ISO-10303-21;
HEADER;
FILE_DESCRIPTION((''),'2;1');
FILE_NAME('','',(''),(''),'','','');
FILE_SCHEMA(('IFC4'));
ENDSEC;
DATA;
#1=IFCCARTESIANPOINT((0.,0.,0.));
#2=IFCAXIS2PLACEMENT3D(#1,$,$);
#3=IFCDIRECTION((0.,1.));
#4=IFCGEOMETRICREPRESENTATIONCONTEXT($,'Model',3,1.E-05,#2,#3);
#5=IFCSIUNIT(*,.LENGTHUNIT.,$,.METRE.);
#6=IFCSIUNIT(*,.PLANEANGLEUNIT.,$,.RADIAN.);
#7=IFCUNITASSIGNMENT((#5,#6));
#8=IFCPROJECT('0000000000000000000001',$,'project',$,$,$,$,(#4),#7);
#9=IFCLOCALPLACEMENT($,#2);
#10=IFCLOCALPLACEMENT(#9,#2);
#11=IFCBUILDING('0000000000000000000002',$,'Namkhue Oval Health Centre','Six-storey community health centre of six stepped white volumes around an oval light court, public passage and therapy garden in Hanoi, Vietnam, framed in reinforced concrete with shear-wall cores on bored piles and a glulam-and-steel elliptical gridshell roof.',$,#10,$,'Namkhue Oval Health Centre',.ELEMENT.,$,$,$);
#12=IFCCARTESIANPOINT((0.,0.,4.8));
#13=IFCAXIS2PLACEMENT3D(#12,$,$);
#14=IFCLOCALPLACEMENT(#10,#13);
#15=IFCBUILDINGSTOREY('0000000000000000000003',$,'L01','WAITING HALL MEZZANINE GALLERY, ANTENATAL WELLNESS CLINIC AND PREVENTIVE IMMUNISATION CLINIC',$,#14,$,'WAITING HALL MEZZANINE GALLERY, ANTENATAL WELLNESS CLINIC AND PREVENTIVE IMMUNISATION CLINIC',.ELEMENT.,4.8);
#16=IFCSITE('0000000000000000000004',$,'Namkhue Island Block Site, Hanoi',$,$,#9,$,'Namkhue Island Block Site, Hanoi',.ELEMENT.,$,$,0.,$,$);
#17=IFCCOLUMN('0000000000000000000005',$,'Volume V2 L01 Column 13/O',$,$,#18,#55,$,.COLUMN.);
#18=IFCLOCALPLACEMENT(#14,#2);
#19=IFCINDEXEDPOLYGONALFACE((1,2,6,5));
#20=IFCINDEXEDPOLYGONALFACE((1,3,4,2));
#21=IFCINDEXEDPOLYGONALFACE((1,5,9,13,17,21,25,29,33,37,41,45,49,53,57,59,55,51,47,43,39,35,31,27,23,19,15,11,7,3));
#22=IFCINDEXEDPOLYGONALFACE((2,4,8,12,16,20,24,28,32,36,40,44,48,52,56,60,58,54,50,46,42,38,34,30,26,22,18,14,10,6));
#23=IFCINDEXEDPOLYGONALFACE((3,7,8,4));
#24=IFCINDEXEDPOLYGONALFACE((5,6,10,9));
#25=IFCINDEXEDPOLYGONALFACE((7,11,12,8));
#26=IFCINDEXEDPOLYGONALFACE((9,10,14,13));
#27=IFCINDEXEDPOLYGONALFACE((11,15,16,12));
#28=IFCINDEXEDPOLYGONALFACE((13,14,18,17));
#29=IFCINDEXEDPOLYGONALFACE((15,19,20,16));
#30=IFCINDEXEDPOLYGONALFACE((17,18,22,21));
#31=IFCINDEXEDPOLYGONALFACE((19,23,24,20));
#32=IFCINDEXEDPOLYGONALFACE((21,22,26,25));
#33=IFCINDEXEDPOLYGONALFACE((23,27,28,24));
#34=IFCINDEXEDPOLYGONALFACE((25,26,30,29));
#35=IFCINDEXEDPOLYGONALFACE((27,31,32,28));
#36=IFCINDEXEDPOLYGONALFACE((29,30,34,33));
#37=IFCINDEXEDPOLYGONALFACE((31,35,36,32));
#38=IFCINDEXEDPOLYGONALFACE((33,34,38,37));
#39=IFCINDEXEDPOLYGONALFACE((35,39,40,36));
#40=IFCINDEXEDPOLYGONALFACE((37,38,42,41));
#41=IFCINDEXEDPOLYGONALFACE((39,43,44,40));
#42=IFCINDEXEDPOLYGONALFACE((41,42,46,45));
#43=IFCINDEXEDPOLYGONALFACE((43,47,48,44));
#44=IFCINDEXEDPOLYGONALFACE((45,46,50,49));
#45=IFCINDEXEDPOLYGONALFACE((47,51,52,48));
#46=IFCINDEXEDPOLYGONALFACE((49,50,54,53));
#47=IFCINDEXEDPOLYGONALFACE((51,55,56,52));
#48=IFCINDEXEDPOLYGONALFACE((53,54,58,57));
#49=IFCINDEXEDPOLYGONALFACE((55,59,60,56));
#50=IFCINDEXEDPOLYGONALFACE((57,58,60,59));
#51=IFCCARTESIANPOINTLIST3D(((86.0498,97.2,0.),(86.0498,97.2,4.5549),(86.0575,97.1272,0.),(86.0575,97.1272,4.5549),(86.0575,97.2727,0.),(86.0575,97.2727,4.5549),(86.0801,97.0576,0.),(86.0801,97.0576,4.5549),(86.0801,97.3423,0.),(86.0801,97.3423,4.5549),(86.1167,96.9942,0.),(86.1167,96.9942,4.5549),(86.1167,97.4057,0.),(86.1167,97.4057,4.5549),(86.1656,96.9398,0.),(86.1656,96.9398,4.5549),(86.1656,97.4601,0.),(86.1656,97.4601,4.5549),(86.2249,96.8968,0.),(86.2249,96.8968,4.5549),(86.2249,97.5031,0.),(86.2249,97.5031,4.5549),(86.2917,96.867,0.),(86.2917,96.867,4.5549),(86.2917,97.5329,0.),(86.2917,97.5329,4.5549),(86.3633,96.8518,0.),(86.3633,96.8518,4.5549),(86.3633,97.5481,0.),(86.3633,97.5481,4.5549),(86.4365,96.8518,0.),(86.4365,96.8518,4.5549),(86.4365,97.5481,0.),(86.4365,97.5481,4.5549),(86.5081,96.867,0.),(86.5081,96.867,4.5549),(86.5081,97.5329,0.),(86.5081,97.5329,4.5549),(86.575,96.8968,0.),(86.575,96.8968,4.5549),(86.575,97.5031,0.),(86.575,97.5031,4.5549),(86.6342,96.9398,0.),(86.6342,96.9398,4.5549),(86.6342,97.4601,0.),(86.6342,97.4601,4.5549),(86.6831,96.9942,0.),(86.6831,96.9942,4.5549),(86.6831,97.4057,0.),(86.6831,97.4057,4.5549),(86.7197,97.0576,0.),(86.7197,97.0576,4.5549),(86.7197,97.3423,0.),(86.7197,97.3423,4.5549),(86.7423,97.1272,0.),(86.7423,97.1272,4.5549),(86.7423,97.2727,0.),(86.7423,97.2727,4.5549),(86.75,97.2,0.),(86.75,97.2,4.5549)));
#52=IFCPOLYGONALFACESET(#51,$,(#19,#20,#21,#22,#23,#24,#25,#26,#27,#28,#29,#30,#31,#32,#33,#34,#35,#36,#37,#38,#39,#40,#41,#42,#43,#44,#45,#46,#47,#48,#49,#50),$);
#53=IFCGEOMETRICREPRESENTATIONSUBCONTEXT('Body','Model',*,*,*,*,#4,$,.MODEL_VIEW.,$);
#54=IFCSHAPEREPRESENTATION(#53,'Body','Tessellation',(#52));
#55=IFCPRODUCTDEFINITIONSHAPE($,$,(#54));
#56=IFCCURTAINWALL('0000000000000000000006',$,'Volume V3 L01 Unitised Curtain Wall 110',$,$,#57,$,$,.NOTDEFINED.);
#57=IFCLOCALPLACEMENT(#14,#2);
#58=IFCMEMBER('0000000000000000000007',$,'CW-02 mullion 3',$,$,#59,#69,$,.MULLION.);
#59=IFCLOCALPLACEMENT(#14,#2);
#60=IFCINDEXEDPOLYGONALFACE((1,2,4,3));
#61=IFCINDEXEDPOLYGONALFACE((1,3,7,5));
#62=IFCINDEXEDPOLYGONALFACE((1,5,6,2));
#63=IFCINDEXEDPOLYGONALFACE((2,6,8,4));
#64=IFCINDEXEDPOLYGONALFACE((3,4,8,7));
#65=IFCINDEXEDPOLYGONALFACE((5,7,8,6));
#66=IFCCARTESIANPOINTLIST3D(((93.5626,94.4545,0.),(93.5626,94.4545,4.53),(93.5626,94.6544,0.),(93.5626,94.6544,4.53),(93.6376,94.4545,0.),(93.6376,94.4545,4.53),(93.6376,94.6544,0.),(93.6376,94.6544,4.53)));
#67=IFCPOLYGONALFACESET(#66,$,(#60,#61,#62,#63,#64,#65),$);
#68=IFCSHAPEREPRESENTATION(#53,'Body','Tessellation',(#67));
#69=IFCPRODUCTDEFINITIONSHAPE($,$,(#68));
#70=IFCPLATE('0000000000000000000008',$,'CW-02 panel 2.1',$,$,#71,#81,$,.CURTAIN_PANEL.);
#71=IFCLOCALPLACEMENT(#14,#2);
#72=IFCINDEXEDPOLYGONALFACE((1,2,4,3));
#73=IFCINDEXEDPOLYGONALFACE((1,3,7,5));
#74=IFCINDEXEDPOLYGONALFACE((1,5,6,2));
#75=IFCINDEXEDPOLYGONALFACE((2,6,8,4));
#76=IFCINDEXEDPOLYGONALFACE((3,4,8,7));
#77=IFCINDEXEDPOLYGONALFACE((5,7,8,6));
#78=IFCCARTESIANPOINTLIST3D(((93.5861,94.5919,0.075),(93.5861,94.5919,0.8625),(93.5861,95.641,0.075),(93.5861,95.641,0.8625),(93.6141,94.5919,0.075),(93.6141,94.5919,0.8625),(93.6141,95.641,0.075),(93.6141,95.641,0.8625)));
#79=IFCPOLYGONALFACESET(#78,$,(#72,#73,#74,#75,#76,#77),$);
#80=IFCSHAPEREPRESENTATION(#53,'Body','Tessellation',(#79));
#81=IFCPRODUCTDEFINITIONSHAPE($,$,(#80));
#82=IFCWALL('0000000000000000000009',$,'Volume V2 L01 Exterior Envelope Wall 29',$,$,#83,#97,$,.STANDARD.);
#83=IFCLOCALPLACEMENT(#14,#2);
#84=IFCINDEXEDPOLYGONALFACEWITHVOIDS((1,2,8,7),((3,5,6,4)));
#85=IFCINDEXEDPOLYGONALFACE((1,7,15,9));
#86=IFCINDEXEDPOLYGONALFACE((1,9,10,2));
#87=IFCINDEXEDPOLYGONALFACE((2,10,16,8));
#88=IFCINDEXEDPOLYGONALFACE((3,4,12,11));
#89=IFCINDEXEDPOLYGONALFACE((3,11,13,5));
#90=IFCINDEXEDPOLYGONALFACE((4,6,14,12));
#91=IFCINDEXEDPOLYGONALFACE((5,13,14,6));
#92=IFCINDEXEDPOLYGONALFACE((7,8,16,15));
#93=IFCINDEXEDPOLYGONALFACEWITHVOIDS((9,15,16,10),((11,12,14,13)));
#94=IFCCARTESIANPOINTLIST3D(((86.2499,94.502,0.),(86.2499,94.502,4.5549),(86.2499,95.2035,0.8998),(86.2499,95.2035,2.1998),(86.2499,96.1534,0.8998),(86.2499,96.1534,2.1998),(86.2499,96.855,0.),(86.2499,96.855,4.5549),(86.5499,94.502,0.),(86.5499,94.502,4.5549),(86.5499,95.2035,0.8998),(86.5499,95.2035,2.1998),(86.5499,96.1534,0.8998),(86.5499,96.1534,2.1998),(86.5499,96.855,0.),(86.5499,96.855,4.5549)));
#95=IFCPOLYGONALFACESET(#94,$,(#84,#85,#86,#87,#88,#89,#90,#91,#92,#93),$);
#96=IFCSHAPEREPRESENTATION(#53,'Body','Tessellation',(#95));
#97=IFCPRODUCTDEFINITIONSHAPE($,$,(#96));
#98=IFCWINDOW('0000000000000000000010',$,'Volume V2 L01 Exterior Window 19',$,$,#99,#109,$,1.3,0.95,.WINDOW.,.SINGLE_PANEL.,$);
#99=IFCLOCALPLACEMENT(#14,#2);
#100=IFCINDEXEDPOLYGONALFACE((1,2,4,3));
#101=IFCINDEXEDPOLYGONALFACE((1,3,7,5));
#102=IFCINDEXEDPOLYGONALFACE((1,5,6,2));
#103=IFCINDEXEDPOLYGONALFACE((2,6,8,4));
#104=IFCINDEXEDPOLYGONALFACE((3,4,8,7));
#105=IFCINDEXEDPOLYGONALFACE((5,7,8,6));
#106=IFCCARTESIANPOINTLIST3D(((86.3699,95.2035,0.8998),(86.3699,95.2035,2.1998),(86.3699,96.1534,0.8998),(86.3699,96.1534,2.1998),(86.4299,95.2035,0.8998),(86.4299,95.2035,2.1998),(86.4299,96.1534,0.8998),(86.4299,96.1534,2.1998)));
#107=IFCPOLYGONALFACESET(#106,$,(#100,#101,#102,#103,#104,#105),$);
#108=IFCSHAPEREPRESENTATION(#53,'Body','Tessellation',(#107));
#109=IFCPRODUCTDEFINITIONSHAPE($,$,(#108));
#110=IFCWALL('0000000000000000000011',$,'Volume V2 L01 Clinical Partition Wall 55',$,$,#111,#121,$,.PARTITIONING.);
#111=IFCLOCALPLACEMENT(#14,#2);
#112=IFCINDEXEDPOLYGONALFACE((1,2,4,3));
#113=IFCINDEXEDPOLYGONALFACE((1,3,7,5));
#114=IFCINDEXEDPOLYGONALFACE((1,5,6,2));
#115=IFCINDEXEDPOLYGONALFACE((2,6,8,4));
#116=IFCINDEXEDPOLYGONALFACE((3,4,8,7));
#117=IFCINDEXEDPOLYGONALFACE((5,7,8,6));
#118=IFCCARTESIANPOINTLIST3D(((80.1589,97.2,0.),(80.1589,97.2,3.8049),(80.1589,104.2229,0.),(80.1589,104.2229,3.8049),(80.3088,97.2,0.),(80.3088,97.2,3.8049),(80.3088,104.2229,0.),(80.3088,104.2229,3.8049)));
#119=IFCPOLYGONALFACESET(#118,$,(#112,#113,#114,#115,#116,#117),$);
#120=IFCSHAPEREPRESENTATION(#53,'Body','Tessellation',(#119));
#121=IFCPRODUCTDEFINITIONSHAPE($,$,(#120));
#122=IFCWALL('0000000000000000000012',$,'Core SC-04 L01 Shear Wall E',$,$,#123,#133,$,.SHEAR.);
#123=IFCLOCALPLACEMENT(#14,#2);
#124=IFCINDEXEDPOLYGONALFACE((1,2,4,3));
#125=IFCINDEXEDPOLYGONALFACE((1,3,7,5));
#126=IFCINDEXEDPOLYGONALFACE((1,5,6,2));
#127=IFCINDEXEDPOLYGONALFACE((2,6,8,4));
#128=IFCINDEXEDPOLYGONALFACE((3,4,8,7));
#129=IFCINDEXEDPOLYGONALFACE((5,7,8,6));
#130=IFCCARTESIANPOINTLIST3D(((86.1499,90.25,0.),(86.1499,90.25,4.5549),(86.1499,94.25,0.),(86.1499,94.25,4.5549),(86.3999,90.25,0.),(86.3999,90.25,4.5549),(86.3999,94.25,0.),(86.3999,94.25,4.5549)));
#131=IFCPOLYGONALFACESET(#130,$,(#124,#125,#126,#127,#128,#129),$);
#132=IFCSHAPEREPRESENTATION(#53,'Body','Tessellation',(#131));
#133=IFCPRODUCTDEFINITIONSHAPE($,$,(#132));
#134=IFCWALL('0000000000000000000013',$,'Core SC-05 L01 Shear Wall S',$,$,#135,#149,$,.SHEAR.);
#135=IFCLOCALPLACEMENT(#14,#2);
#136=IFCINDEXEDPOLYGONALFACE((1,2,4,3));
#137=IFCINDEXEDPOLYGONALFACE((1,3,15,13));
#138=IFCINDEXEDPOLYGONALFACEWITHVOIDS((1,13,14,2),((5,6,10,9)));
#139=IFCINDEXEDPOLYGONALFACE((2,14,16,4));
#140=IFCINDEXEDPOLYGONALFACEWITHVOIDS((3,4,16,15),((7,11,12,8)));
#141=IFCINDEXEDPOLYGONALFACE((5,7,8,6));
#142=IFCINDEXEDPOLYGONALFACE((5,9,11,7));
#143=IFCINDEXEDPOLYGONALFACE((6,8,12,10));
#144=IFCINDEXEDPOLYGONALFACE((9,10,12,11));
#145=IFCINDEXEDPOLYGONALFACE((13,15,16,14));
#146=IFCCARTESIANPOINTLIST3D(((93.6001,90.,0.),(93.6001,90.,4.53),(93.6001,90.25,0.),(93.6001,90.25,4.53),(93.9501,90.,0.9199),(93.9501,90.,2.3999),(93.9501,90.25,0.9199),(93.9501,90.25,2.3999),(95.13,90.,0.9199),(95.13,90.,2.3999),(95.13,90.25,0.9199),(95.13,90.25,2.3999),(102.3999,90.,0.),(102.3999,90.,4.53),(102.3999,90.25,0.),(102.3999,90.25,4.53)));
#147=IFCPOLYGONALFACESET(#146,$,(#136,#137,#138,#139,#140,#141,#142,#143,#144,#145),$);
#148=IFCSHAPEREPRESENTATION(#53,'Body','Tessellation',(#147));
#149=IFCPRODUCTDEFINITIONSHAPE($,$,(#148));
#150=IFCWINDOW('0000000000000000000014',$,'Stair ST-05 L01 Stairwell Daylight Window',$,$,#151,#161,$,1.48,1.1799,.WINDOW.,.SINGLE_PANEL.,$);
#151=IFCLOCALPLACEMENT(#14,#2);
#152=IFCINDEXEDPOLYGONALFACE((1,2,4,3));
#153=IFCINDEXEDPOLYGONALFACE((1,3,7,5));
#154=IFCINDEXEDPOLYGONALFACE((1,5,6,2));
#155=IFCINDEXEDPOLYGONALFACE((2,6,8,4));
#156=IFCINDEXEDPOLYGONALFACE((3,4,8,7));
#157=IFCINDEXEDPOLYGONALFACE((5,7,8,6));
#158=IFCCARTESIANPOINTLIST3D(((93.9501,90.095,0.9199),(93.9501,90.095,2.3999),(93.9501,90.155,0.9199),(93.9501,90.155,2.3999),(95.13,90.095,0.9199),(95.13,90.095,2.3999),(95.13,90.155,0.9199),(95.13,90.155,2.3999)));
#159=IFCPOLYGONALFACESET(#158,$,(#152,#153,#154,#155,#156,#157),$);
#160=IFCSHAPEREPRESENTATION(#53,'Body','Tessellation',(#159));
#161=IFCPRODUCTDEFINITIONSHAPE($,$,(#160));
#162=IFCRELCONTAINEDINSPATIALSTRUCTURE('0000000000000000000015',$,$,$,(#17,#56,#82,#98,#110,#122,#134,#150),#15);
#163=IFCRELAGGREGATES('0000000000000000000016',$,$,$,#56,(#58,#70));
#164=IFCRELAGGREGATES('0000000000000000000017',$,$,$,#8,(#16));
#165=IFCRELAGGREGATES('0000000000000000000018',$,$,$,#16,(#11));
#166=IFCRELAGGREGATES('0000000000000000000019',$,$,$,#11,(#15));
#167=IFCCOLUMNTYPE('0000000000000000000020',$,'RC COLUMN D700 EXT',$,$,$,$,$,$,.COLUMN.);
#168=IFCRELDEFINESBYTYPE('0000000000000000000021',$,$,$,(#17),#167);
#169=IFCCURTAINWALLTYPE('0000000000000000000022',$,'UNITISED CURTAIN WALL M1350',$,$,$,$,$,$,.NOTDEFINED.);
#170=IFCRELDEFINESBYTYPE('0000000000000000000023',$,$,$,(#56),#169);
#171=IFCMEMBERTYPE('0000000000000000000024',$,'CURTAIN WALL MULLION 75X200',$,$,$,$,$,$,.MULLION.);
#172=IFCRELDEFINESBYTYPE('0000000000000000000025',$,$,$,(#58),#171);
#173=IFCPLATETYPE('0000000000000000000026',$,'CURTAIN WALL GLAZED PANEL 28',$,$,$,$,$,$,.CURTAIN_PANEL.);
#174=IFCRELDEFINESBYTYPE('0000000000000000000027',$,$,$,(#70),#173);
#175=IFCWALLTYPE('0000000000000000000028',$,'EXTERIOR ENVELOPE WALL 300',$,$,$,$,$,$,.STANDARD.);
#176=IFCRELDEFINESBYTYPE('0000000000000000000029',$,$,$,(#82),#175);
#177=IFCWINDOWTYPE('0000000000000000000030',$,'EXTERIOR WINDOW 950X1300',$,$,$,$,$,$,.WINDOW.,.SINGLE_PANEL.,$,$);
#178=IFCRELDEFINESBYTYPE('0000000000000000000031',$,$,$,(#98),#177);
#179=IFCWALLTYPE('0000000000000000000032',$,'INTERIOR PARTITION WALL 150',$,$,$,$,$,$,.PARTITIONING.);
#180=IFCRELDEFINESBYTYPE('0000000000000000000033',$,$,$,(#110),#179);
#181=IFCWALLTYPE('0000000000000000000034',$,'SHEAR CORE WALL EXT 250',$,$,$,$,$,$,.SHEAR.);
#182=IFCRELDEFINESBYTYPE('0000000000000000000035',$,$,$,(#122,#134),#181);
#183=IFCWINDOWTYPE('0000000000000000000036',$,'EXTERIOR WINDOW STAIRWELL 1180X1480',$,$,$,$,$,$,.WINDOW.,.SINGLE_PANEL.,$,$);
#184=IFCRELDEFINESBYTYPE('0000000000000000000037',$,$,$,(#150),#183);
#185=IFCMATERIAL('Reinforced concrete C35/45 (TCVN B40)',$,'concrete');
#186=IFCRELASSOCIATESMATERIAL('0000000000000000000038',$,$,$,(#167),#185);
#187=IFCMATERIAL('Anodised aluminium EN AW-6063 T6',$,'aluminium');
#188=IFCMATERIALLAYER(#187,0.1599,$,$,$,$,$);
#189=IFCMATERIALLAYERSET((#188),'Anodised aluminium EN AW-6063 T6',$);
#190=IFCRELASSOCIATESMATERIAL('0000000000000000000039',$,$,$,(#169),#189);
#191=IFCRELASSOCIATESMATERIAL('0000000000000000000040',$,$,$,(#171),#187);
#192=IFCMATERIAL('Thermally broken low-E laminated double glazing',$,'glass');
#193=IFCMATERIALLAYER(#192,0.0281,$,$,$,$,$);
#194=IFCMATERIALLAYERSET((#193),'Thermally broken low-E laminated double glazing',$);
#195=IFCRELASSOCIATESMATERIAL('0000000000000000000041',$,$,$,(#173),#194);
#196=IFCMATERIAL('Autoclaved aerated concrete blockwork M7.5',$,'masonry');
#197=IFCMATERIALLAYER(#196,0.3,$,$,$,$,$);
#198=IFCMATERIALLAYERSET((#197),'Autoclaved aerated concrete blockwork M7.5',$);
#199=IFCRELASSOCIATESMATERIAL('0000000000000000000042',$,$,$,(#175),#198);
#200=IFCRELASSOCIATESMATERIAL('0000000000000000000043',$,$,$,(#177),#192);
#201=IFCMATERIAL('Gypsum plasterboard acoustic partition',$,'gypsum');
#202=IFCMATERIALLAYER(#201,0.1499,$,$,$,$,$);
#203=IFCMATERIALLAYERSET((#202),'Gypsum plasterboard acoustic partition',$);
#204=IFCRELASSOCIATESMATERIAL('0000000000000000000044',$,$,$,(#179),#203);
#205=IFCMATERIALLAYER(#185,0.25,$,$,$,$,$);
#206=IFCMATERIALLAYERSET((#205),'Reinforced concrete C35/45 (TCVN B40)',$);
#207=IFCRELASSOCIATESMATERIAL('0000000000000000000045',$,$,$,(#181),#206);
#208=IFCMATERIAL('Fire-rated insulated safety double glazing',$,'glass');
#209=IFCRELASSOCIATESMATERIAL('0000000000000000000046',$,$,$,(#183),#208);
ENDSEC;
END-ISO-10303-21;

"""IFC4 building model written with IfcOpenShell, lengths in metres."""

from ifc_helpers import new_model, si_unit, direction, frame, frame_2d, origin, origin_2d, place, context, subcontext, project, spatial, rectangle, circle, extrude, material, layer, layer_set, material_profile, profile_set, type_object, element, fill, aggregate, save


model = new_model("IFC4")

# Units and contexts
model_context = context("Model", 3, precision=1e-05, world=origin(), true_north=direction((0.0, 1.0)))
body_context = subcontext(model_context, "Body", "Model", "MODEL_VIEW")
ifc_project = project(units=[si_unit("LENGTHUNIT", "METRE"), si_unit("PLANEANGLEUNIT", "RADIAN")], contexts=[model_context])

# Site, building, storey
site_placement = place(None, origin())
site = spatial("IfcSite", under=ifc_project, at=site_placement, Name="Namkhue Island Block Site, Hanoi", LongName="Namkhue Island Block Site, Hanoi", CompositionType="ELEMENT", RefElevation=0.0)
building_placement = place(site_placement, origin())
building = spatial("IfcBuilding", under=site, at=building_placement, Name="Namkhue Oval Health Centre", Description="Six-storey community health centre of six stepped white volumes around an oval light court, public passage and therapy garden in Hanoi, Vietnam, framed in reinforced concrete with shear-wall cores on bored piles and a glulam-and-steel elliptical gridshell roof.", LongName="Namkhue Oval Health Centre", CompositionType="ELEMENT")
storey_placement = place(building_placement, frame((0.0, 0.0, 4.8)))
storey = spatial("IfcBuildingStorey", under=building, at=storey_placement, Name="L01", Description="WAITING HALL MEZZANINE GALLERY, ANTENATAL WELLNESS CLINIC AND PREVENTIVE IMMUNISATION CLINIC", LongName="WAITING HALL MEZZANINE GALLERY, ANTENATAL WELLNESS CLINIC AND PREVENTIVE IMMUNISATION CLINIC", CompositionType="ELEMENT", Elevation=4.8)

# Column
ifc_material_1 = material(Name="Reinforced concrete C35/45 (TCVN B40)", Category="concrete")
ifc_material_profile_1 = material_profile(ifc_material_1, circle(Radius=0.3501, at=origin_2d()), Name="RC D700")
ifc_profile_set_1 = profile_set([ifc_material_profile_1], Name="Reinforced concrete C35/45 (TCVN B40)")
column_type = type_object("IfcColumnType", Name="RC COLUMN D700 EXT", PredefinedType="COLUMN", material=ifc_profile_set_1)
column_placement = place(storey_placement, frame((86.3999, 97.2, 0.0), z_axis=(0.0, 0.0, 1.0), x_axis=(1.0, 0.0, 0.0)))
element("IfcColumn", 1, at=column_placement, inside=storey, type_object=column_type, Name="Volume V2 L01 Column 13/O", PredefinedType="COLUMN", context=body_context, shape_type="SweptSolid", body=[
    extrude(circle(Radius=0.3501, at=origin_2d()), origin(), (0.0, 0.0, 1.0), 4.5549),
])

# Curtain wall, member, plate
ifc_material_2 = material(Name="Anodised aluminium EN AW-6063 T6", Category="aluminium")
ifc_layer_1 = layer(ifc_material_2, 0.1599)
ifc_layer_set_1 = layer_set([ifc_layer_1], Name="Anodised aluminium EN AW-6063 T6")
curtain_wall_type = type_object("IfcCurtainWallType", Name="UNITISED CURTAIN WALL M1350", PredefinedType="NOTDEFINED", material=ifc_layer_set_1)
curtain_wall_placement = place(storey_placement, origin())
curtain_wall = element("IfcCurtainWall", 2, at=curtain_wall_placement, inside=storey, type_object=curtain_wall_type, Name="Volume V3 L01 Unitised Curtain Wall 110", PredefinedType="NOTDEFINED")
ifc_material_profile_2 = material_profile(ifc_material_2, rectangle(XDim=0.075, YDim=0.2, at=origin_2d()), Name="ALU 75x200")
ifc_profile_set_2 = profile_set([ifc_material_profile_2], Name="Anodised aluminium EN AW-6063 T6")
member_type = type_object("IfcMemberType", Name="CURTAIN WALL MULLION 75X200", PredefinedType="MULLION", material=ifc_profile_set_2)
member_placement = place(storey_placement, frame((93.6001, 94.5544, 0.0), z_axis=(0.0, 0.0, 1.0), x_axis=(1.0, 0.0, 0.0)))
member = element("IfcMember", 3, at=member_placement, type_object=member_type, Name="CW-02 mullion 3", PredefinedType="MULLION", context=body_context, shape_type="SweptSolid", body=[
    extrude(rectangle(XDim=0.075, YDim=0.2, at=origin_2d()), origin(), (0.0, 0.0, 1.0), 4.53),
])
ifc_material_3 = material(Name="Thermally broken low-E laminated double glazing", Category="glass")
ifc_layer_2 = layer(ifc_material_3, 0.0281)
ifc_layer_set_2 = layer_set([ifc_layer_2], Name="Thermally broken low-E laminated double glazing")
plate_type = type_object("IfcPlateType", Name="CURTAIN WALL GLAZED PANEL 28", PredefinedType="CURTAIN_PANEL", material=ifc_layer_set_2)
plate_placement = place(storey_placement, frame((93.6001, 95.1165, 0.075), z_axis=(0.0, 0.0, 1.0), x_axis=(0.0, -1.0, 0.0)))
plate = element("IfcPlate", 4, at=plate_placement, type_object=plate_type, Name="CW-02 panel 2.1", PredefinedType="CURTAIN_PANEL", context=body_context, shape_type="SweptSolid", body=[
    extrude(rectangle(XDim=1.0491, YDim=0.0281, at=origin_2d()), origin(), (0.0, 0.0, 1.0), 0.7876),
])
aggregate(curtain_wall, [member, plate])

# Wall, opening, window
ifc_material_4 = material(Name="Autoclaved aerated concrete blockwork M7.5", Category="masonry")
ifc_layer_3 = layer(ifc_material_4, 0.3)
ifc_layer_set_3 = layer_set([ifc_layer_3], Name="Autoclaved aerated concrete blockwork M7.5")
wall_type_1 = type_object("IfcWallType", Name="EXTERIOR ENVELOPE WALL 300", PredefinedType="STANDARD", material=ifc_layer_set_3)
wall_1_placement = place(storey_placement, frame((86.3999, 94.502, 0.0), z_axis=(0.0, 0.0, 1.0), x_axis=(0.0, 1.0, 0.0)))
wall_1 = element("IfcWall", 5, at=wall_1_placement, inside=storey, type_object=wall_type_1, Name="Volume V2 L01 Exterior Envelope Wall 29", PredefinedType="STANDARD", context=body_context, shape_type="SweptSolid", body=[
    extrude(rectangle(XDim=2.353, YDim=0.3, at=frame_2d((1.1765, 0.0))), origin(), (0.0, 0.0, 1.0), 4.5549),
])
opening_1_placement = place(wall_1_placement, frame((0.7014, 0.0, 0.8999)))
opening_1 = element("IfcOpeningElement", 6, at=opening_1_placement, cuts=wall_1, PredefinedType="OPENING", context=body_context, shape_type="SweptSolid", body=[
    extrude(rectangle(XDim=0.95, YDim=1.3, at=frame_2d((0.4751, 0.6499))), frame((0.0, 0.1599, 0.0), z_axis=(0.0, -1.0, 0.0), x_axis=(1.0, 0.0, 0.0)), (0.0, 0.0, 1.0), 0.3201),
])
window_type_1 = type_object("IfcWindowType", Name="EXTERIOR WINDOW 950X1300", PartitioningType="SINGLE_PANEL", PredefinedType="WINDOW", material=ifc_material_3)
window_1_placement = place(opening_1_placement, origin())
window_1 = element("IfcWindow", 7, at=window_1_placement, inside=storey, type_object=window_type_1, Name="Volume V2 L01 Exterior Window 19", OverallHeight=1.3, OverallWidth=0.95, PartitioningType="SINGLE_PANEL", PredefinedType="WINDOW", context=body_context, shape_type="SweptSolid", body=[
    extrude(rectangle(XDim=0.95, YDim=1.3, at=frame_2d((0.4751, 0.6499))), frame((0.0, 0.03, 0.0), z_axis=(0.0, -1.0, 0.0), x_axis=(1.0, 0.0, 0.0)), (0.0, 0.0, 1.0), 0.0601),
])
fill(opening_1, window_1)

# Walls
ifc_material_5 = material(Name="Gypsum plasterboard acoustic partition", Category="gypsum")
ifc_layer_4 = layer(ifc_material_5, 0.1499)
ifc_layer_set_4 = layer_set([ifc_layer_4], Name="Gypsum plasterboard acoustic partition")
wall_type_2 = type_object("IfcWallType", Name="INTERIOR PARTITION WALL 150", PredefinedType="PARTITIONING", material=ifc_layer_set_4)
wall_2_placement = place(storey_placement, frame((80.2339, 97.2, 0.0), z_axis=(0.0, 0.0, 1.0), x_axis=(0.0, 1.0, 0.0)))
element("IfcWall", 8, at=wall_2_placement, inside=storey, type_object=wall_type_2, Name="Volume V2 L01 Clinical Partition Wall 55", PredefinedType="PARTITIONING", context=body_context, shape_type="SweptSolid", body=[
    extrude(rectangle(XDim=7.0229, YDim=0.1499, at=frame_2d((3.5115, 0.0))), origin(), (0.0, 0.0, 1.0), 3.8049),
])
ifc_layer_5 = layer(ifc_material_1, 0.25)
ifc_layer_set_5 = layer_set([ifc_layer_5], Name="Reinforced concrete C35/45 (TCVN B40)")
wall_type_3 = type_object("IfcWallType", Name="SHEAR CORE WALL EXT 250", PredefinedType="SHEAR", material=ifc_layer_set_5)
wall_3_placement = place(storey_placement, frame((86.2749, 90.25, 0.0), z_axis=(0.0, 0.0, 1.0), x_axis=(0.0, 1.0, 0.0)))
element("IfcWall", 9, at=wall_3_placement, inside=storey, type_object=wall_type_3, Name="Core SC-04 L01 Shear Wall E", PredefinedType="SHEAR", context=body_context, shape_type="SweptSolid", body=[
    extrude(rectangle(XDim=4.0, YDim=0.25, at=frame_2d((2.0, 0.0))), origin(), (0.0, 0.0, 1.0), 4.5549),
])

# Wall, opening, window
wall_4_placement = place(storey_placement, frame((93.6001, 90.125, 0.0), z_axis=(0.0, 0.0, 1.0), x_axis=(1.0, 0.0, 0.0)))
wall_4 = element("IfcWall", 10, at=wall_4_placement, inside=storey, type_object=wall_type_3, Name="Core SC-05 L01 Shear Wall S", PredefinedType="SHEAR", context=body_context, shape_type="SweptSolid", body=[
    extrude(rectangle(XDim=8.7998, YDim=0.25, at=frame_2d((4.3999, 0.0))), origin(), (0.0, 0.0, 1.0), 4.53),
])
opening_2_placement = place(wall_4_placement, frame((0.3501, 0.0, 0.9199)))
opening_2 = element("IfcOpeningElement", 11, at=opening_2_placement, cuts=wall_4, PredefinedType="OPENING", context=body_context, shape_type="SweptSolid", body=[
    extrude(rectangle(XDim=1.1799, YDim=1.48, at=frame_2d((0.5898, 0.74))), frame((0.0, 0.135, 0.0), z_axis=(0.0, -1.0, 0.0), x_axis=(1.0, 0.0, 0.0)), (0.0, 0.0, 1.0), 0.27),
])
ifc_material_6 = material(Name="Fire-rated insulated safety double glazing", Category="glass")
window_type_2 = type_object("IfcWindowType", Name="EXTERIOR WINDOW STAIRWELL 1180X1480", PartitioningType="SINGLE_PANEL", PredefinedType="WINDOW", material=ifc_material_6)
window_2_placement = place(opening_2_placement, origin())
window_2 = element("IfcWindow", 12, at=window_2_placement, inside=storey, type_object=window_type_2, Name="Stair ST-05 L01 Stairwell Daylight Window", OverallHeight=1.48, OverallWidth=1.1799, PartitioningType="SINGLE_PANEL", PredefinedType="WINDOW", context=body_context, shape_type="SweptSolid", body=[
    extrude(rectangle(XDim=1.1799, YDim=1.48, at=frame_2d((0.5898, 0.74))), frame((0.0, 0.03, 0.0), z_axis=(0.0, -1.0, 0.0), x_axis=(1.0, 0.0, 0.0)), (0.0, 0.0, 1.0), 0.0601),
])
fill(opening_2, window_2)

save(model, "model.ifc")
